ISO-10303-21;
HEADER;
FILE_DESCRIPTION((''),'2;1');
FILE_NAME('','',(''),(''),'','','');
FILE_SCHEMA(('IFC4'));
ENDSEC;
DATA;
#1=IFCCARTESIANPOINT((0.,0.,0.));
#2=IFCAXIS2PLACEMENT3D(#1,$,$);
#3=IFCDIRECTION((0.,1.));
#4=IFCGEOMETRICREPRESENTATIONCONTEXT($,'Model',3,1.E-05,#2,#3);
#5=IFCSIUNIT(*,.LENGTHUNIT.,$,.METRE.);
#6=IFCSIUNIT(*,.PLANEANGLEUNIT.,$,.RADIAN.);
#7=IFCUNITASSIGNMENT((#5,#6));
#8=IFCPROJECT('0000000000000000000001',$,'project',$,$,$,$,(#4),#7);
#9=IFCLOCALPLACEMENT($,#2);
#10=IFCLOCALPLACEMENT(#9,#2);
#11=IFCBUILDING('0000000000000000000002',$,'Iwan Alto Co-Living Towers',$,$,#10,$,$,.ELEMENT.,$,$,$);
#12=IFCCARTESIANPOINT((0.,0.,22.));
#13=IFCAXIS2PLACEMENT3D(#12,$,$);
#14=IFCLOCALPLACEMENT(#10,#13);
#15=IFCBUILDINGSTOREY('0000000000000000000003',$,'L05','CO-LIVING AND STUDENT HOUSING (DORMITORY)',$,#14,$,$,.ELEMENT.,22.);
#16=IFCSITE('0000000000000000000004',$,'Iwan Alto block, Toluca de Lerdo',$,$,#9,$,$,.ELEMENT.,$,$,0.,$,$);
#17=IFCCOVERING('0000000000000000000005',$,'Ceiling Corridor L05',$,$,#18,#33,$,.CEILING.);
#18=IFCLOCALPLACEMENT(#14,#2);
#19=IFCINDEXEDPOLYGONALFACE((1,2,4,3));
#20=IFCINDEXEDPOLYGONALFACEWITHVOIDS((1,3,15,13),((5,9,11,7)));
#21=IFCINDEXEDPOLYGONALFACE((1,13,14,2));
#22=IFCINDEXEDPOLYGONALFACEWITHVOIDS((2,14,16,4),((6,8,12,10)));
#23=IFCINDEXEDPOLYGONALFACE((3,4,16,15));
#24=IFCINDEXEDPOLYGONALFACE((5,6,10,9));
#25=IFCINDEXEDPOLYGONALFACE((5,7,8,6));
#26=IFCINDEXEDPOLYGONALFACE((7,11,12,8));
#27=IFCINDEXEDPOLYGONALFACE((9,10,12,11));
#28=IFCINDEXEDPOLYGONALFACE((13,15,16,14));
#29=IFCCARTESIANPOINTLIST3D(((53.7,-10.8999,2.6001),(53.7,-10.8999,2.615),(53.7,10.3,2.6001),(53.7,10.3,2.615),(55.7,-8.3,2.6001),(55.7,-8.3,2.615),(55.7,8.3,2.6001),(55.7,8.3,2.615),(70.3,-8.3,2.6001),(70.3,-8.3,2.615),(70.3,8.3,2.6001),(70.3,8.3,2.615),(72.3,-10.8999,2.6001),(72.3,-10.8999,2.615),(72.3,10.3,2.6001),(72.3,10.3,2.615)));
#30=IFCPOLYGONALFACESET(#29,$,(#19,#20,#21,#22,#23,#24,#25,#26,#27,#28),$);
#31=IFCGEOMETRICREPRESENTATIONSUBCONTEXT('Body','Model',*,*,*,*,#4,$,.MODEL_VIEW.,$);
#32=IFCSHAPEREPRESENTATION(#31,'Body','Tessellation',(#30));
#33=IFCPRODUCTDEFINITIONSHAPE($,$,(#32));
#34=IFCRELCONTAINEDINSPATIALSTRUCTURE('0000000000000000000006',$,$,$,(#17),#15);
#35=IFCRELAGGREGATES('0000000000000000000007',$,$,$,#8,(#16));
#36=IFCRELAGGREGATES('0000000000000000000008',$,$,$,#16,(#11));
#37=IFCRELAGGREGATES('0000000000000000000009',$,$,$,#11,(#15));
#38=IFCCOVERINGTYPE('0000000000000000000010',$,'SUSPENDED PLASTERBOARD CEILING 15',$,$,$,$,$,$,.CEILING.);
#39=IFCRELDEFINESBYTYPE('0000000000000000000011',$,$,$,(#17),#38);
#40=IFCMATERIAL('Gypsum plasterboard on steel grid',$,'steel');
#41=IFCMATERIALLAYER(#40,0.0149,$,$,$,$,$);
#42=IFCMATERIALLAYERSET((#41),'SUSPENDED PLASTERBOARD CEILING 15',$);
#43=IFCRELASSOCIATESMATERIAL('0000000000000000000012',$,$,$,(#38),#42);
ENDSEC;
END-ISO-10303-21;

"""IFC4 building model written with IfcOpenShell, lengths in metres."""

from ifc_helpers import new_model, si_unit, direction, frame, origin, place, context, subcontext, project, spatial, polyline, outline, extrude, material, layer, layer_set, type_object, element, save


model = new_model("IFC4")

# Units and contexts
model_context = context("Model", 3, precision=1e-05, world=origin(), true_north=direction((0.0, 1.0)))
body_context = subcontext(model_context, "Body", "Model", "MODEL_VIEW")
ifc_project = project(units=[si_unit("LENGTHUNIT", "METRE"), si_unit("PLANEANGLEUNIT", "RADIAN")], contexts=[model_context])

# Site, building, storey
site_placement = place(None, origin())
site = spatial("IfcSite", under=ifc_project, at=site_placement, Name="Iwan Alto block, Toluca de Lerdo", CompositionType="ELEMENT", RefElevation=0.0)
building_placement = place(site_placement, origin())
building = spatial("IfcBuilding", under=site, at=building_placement, Name="Iwan Alto Co-Living Towers", CompositionType="ELEMENT")
storey_placement = place(building_placement, frame((0.0, 0.0, 22.0)))
storey = spatial("IfcBuildingStorey", under=building, at=storey_placement, Name="L05", Description="CO-LIVING AND STUDENT HOUSING (DORMITORY)", CompositionType="ELEMENT", Elevation=22.0)

# Covering
ifc_material_1 = material(Name="Gypsum plasterboard on steel grid", Category="steel")
ifc_layer_1 = layer(ifc_material_1, 0.0149)
ifc_layer_set_1 = layer_set([ifc_layer_1], Name="SUSPENDED PLASTERBOARD CEILING 15")
covering_type = type_object("IfcCoveringType", Name="SUSPENDED PLASTERBOARD CEILING 15", PredefinedType="CEILING", material=ifc_layer_set_1)
covering_placement = place(storey_placement, frame((0.0, 0.0, 2.6001)))
element("IfcCovering", 1, at=covering_placement, inside=storey, type_object=covering_type, Name="Ceiling Corridor L05", PredefinedType="CEILING", context=body_context, shape_type="SweptSolid", body=[
    extrude(outline(polyline([(53.7, 10.3), (72.3, 10.3), (72.3, -10.8999), (53.7, -10.8999), (53.7, 10.3)]), holes=[polyline([(55.7, 8.3), (55.7, -8.3), (70.3, -8.3), (70.3, 8.3), (55.7, 8.3)])]), origin(), (0.0, 0.0, 1.0), 0.0149),
])

save(model, "model.ifc")
